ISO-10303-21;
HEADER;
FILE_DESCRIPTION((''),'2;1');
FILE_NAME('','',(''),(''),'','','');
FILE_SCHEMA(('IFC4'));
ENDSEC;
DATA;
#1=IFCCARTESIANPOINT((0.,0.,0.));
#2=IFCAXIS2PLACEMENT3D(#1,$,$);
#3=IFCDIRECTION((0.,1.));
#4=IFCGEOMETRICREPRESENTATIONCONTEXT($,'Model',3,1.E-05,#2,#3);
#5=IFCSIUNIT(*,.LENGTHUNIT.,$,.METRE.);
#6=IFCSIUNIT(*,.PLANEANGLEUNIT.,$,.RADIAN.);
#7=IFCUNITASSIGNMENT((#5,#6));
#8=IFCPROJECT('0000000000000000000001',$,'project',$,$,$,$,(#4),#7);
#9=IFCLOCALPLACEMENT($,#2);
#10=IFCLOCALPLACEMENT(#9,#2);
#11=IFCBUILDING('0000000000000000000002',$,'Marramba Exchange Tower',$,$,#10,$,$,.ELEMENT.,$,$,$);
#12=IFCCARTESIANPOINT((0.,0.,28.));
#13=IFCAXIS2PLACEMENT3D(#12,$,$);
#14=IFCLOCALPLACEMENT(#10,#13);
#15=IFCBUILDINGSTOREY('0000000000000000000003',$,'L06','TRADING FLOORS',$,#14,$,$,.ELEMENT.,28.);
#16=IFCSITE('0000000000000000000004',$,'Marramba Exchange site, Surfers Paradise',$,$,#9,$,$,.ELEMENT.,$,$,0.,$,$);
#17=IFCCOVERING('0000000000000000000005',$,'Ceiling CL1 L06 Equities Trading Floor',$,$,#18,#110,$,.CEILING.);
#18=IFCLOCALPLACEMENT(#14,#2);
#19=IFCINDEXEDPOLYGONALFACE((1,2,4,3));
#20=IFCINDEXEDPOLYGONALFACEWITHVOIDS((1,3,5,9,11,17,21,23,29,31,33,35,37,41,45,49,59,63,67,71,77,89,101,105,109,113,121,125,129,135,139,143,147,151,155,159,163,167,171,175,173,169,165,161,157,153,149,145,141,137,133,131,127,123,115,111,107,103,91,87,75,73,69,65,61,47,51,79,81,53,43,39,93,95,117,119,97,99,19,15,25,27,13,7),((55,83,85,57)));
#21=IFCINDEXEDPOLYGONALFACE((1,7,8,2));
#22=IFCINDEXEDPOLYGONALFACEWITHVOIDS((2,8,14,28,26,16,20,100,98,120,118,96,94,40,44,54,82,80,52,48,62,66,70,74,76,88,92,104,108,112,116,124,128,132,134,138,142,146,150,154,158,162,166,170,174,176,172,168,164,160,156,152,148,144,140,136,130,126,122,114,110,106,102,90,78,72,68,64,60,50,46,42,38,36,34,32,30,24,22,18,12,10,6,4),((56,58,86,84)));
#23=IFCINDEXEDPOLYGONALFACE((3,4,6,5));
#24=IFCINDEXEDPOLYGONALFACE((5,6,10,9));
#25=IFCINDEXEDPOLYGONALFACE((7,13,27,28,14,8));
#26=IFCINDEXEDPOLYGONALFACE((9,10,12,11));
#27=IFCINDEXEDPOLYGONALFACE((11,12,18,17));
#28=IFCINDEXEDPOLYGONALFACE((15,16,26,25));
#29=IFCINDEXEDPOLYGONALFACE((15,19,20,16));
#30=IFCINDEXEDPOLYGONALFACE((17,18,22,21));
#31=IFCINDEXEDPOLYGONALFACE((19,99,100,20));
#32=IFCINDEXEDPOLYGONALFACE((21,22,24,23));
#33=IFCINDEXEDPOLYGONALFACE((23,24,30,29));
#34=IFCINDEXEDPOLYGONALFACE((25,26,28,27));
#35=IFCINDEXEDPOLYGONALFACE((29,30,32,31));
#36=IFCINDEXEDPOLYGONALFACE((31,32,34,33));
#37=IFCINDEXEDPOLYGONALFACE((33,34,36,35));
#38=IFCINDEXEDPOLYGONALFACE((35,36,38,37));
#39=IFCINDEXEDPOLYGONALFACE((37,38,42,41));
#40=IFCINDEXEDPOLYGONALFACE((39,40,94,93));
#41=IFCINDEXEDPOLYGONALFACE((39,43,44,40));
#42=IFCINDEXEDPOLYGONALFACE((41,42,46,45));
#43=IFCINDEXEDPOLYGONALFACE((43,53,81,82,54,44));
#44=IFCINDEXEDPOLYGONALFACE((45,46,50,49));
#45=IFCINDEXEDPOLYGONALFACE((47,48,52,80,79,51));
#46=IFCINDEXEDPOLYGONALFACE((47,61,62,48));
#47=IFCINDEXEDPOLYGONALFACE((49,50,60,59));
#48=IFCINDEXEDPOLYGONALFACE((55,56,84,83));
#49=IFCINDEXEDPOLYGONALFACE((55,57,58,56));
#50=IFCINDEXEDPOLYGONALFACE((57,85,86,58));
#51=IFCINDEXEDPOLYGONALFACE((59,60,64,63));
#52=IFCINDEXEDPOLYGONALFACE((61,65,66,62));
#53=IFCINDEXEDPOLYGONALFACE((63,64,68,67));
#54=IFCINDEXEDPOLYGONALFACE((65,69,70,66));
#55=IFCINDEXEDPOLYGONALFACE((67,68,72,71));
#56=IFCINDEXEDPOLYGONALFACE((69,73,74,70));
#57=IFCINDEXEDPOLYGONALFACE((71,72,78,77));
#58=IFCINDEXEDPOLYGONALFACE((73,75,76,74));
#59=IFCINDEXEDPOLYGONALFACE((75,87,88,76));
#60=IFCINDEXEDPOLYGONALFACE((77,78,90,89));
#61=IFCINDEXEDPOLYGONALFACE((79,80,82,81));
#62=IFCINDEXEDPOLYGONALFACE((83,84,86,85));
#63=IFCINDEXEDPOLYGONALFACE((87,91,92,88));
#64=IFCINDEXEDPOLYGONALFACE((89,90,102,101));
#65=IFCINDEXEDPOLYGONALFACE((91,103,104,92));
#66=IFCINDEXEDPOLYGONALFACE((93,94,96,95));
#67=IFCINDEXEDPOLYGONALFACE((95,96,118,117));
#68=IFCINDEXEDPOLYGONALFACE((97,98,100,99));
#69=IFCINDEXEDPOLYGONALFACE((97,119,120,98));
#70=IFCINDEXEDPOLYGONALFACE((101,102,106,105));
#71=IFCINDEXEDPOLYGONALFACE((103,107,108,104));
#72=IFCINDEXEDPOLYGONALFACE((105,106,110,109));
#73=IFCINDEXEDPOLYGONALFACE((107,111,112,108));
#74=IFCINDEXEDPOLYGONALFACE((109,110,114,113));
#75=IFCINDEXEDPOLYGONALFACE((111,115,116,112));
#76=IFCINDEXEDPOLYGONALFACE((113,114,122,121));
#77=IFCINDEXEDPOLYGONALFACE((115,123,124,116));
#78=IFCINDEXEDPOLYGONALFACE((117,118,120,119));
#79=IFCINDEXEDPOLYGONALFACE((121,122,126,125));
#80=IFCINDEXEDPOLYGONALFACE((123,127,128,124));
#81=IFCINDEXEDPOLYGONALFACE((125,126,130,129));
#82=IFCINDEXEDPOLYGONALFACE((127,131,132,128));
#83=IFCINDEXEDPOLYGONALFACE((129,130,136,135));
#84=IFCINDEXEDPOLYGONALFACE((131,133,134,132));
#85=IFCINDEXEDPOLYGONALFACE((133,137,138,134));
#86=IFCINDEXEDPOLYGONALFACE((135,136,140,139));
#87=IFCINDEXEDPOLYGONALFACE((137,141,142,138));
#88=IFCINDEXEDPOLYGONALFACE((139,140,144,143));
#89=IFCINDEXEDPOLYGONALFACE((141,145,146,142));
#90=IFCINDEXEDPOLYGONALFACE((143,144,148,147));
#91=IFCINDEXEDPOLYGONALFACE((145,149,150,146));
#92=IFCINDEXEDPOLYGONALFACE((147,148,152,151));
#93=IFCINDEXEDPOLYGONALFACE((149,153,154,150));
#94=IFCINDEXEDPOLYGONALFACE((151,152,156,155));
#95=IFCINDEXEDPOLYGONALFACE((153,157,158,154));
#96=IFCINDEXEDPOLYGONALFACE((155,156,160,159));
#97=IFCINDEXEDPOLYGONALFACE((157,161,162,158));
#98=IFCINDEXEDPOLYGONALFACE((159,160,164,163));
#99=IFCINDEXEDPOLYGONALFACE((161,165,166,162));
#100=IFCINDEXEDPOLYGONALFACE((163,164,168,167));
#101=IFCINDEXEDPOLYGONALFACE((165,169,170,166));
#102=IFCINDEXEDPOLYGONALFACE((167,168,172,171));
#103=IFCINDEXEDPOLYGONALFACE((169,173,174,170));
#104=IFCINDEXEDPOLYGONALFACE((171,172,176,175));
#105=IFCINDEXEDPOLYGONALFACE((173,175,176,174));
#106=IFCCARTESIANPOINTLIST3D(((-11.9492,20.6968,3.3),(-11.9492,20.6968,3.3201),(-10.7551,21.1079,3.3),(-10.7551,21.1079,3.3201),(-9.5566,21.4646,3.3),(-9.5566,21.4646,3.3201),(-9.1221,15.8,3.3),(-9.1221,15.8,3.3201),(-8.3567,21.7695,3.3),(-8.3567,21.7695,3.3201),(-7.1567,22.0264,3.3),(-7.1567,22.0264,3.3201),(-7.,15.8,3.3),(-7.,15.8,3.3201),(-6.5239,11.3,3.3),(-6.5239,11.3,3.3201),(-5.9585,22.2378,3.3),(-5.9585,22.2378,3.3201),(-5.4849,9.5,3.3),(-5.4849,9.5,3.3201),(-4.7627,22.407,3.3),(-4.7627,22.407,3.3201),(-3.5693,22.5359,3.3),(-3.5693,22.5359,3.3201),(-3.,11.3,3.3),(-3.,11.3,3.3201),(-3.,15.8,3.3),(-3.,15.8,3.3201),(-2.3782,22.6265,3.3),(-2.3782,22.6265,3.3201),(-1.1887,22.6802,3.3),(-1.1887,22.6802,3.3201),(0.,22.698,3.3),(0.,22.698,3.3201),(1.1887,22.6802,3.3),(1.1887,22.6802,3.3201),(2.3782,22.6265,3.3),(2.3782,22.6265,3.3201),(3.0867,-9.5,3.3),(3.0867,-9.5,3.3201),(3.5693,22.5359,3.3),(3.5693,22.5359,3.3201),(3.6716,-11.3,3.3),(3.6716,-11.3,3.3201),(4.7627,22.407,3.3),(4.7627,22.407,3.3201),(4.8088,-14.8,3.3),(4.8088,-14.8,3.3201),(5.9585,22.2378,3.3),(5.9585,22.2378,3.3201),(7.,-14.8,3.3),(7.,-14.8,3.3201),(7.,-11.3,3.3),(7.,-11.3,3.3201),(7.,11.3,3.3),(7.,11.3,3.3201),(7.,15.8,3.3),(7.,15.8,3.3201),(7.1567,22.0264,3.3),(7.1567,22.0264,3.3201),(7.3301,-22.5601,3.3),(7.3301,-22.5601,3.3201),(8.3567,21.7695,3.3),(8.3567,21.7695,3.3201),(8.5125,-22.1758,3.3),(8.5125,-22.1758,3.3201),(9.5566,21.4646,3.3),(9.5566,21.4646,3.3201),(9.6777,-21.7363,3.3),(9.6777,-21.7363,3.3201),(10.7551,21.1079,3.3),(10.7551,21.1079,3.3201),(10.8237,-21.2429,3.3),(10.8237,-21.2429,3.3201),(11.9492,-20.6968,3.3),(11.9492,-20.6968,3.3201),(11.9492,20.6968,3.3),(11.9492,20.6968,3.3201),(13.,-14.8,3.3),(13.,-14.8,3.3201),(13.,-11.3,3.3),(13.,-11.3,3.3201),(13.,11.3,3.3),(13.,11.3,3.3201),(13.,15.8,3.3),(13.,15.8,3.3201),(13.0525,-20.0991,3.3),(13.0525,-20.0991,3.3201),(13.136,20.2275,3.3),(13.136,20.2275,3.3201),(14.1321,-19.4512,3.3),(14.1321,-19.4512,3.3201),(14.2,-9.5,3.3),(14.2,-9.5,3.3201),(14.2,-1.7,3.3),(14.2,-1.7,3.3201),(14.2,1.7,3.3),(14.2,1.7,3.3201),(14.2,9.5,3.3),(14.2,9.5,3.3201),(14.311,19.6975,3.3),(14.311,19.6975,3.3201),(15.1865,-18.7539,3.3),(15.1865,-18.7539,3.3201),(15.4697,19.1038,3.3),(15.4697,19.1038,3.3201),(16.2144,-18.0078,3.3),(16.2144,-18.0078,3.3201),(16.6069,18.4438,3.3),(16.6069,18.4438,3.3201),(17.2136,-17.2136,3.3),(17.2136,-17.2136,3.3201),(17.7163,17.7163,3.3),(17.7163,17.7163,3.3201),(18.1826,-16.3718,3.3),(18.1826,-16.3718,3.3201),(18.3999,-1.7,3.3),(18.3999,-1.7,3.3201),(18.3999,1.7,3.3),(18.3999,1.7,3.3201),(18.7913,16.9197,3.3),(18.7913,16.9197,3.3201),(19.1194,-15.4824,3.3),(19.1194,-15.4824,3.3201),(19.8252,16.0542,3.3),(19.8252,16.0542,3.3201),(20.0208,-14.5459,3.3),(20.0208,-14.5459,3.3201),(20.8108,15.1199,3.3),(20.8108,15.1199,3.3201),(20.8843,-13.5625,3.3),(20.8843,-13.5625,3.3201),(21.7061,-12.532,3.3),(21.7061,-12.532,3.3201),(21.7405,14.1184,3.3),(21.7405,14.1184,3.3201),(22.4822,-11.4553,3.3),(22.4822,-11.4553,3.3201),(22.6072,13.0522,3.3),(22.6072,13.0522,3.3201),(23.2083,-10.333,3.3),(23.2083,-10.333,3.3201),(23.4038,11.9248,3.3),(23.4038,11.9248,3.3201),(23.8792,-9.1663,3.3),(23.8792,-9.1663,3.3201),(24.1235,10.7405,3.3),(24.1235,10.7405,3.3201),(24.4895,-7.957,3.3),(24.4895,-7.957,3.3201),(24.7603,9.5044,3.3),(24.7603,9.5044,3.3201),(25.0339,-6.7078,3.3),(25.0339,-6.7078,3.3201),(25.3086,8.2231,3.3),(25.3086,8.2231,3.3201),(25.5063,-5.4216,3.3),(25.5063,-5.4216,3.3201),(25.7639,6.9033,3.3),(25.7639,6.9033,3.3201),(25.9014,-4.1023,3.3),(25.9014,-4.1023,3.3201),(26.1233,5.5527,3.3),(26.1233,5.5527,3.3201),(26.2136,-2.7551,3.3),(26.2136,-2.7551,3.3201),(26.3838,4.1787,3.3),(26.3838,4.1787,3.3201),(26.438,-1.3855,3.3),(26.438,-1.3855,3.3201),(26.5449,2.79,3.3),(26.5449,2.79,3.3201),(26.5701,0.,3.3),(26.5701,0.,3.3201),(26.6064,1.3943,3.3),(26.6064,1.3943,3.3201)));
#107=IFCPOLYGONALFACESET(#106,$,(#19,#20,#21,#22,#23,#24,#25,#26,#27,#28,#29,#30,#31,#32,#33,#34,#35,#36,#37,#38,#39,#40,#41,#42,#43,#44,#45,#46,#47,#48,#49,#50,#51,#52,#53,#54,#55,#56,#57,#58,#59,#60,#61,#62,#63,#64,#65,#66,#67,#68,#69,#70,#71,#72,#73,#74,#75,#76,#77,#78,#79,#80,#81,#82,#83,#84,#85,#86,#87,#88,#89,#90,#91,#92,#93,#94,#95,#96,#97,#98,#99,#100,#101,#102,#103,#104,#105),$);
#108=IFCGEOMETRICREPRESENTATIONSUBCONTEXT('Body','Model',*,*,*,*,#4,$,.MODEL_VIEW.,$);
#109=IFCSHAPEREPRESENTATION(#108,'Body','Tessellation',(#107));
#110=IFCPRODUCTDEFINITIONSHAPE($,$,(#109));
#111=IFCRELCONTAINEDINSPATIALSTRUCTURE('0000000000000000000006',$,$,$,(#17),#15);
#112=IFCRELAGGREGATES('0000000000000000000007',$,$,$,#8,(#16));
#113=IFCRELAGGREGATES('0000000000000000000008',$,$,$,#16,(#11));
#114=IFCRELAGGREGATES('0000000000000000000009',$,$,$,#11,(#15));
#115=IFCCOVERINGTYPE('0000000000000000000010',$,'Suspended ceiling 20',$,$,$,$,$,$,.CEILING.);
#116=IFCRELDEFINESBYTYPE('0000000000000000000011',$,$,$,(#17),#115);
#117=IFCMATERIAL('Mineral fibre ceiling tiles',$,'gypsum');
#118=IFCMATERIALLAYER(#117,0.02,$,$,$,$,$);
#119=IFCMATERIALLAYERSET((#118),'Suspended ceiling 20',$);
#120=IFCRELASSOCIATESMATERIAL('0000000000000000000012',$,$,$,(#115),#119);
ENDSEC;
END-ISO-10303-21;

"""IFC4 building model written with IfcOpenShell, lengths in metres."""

from ifc_helpers import new_model, si_unit, direction, frame, origin, place, context, subcontext, project, spatial, polyline, outline, extrude, material, layer, layer_set, type_object, element, save


model = new_model("IFC4")

# Units and contexts
model_context = context("Model", 3, precision=1e-05, world=origin(), true_north=direction((0.0, 1.0)))
body_context = subcontext(model_context, "Body", "Model", "MODEL_VIEW")
ifc_project = project(units=[si_unit("LENGTHUNIT", "METRE"), si_unit("PLANEANGLEUNIT", "RADIAN")], contexts=[model_context])

# Site, building, storey
site_placement = place(None, origin())
site = spatial("IfcSite", under=ifc_project, at=site_placement, Name="Marramba Exchange site, Surfers Paradise", CompositionType="ELEMENT", RefElevation=0.0)
building_placement = place(site_placement, origin())
building = spatial("IfcBuilding", under=site, at=building_placement, Name="Marramba Exchange Tower", CompositionType="ELEMENT")
storey_placement = place(building_placement, frame((0.0, 0.0, 28.0)))
storey = spatial("IfcBuildingStorey", under=building, at=storey_placement, Name="L06", Description="TRADING FLOORS", CompositionType="ELEMENT", Elevation=28.0)

# Covering
ifc_material_1 = material(Name="Mineral fibre ceiling tiles", Category="gypsum")
ifc_layer_1 = layer(ifc_material_1, 0.02)
ifc_layer_set_1 = layer_set([ifc_layer_1], Name="Suspended ceiling 20")
covering_type_1 = type_object("IfcCoveringType", Name="Suspended ceiling 20", PredefinedType="CEILING", material=ifc_layer_set_1)
covering_1_placement = place(storey_placement, frame((0.0, 0.0, 3.3)))
element("IfcCovering", 1, at=covering_1_placement, inside=storey, type_object=covering_type_1, Name="Ceiling CL1 L06 Equities Trading Floor", PredefinedType="CEILING", context=body_context, shape_type="SweptSolid", body=[
    extrude(outline(polyline([(14.2, -1.7), (18.3999, -1.7), (18.3999, 1.7), (14.2, 1.7), (14.2, 9.5), (-5.4849, 9.5), (-6.5239, 11.3), (-3.0, 11.3), (-3.0, 15.8), (-7.0, 15.8), (-9.1221, 15.8), (-11.9492, 20.6968), (-10.7551, 21.1079), (-9.5566, 21.4646), (-8.3567, 21.7695), (-7.1567, 22.0264), (-5.9585, 22.2378), (-4.7627, 22.407), (-3.5693, 22.5359), (-2.3782, 22.6265), (-1.1887, 22.6802), (0.0, 22.698), (1.1887, 22.6802), (2.3782, 22.6265), (3.5693, 22.5359), (4.7627, 22.407), (5.9585, 22.2378), (7.1567, 22.0264), (8.3567, 21.7695), (9.5566, 21.4646), (10.7551, 21.1079), (11.9492, 20.6968), (13.136, 20.2275), (14.311, 19.6975), (15.4697, 19.1038), (16.6069, 18.4438), (17.7163, 17.7163), (18.7913, 16.9197), (19.8252, 16.0542), (20.8108, 15.1199), (21.7405, 14.1184), (22.6072, 13.0522), (23.4038, 11.9248), (24.1235, 10.7405), (24.7603, 9.5044), (25.3086, 8.2231), (25.7639, 6.9033), (26.1233, 5.5527), (26.3838, 4.1787), (26.5449, 2.79), (26.6064, 1.3943), (26.5701, 0.0), (26.438, -1.3855), (26.2136, -2.7551), (25.9014, -4.1023), (25.5063, -5.4216), (25.0339, -6.7078), (24.4895, -7.957), (23.8792, -9.1663), (23.2083, -10.333), (22.4822, -11.4553), (21.7061, -12.532), (20.8843, -13.5625), (20.0208, -14.5459), (19.1194, -15.4824), (18.1826, -16.3718), (17.2136, -17.2136), (16.2144, -18.0078), (15.1865, -18.7539), (14.1321, -19.4512), (13.0525, -20.0991), (11.9492, -20.6968), (10.8237, -21.2429), (9.6777, -21.7363), (8.5125, -22.1758), (7.3301, -22.5601), (4.8088, -14.8), (7.0, -14.8), (13.0, -14.8), (13.0, -11.3), (7.0, -11.3), (3.6716, -11.3), (3.0867, -9.5), (14.2, -9.5), (14.2, -1.7)]), holes=[polyline([(7.0, 15.8), (7.0, 11.3), (13.0, 11.3), (13.0, 15.8), (7.0, 15.8)])]), origin(), (0.0, 0.0, 1.0), 0.02),
])

save(model, "model.ifc")
